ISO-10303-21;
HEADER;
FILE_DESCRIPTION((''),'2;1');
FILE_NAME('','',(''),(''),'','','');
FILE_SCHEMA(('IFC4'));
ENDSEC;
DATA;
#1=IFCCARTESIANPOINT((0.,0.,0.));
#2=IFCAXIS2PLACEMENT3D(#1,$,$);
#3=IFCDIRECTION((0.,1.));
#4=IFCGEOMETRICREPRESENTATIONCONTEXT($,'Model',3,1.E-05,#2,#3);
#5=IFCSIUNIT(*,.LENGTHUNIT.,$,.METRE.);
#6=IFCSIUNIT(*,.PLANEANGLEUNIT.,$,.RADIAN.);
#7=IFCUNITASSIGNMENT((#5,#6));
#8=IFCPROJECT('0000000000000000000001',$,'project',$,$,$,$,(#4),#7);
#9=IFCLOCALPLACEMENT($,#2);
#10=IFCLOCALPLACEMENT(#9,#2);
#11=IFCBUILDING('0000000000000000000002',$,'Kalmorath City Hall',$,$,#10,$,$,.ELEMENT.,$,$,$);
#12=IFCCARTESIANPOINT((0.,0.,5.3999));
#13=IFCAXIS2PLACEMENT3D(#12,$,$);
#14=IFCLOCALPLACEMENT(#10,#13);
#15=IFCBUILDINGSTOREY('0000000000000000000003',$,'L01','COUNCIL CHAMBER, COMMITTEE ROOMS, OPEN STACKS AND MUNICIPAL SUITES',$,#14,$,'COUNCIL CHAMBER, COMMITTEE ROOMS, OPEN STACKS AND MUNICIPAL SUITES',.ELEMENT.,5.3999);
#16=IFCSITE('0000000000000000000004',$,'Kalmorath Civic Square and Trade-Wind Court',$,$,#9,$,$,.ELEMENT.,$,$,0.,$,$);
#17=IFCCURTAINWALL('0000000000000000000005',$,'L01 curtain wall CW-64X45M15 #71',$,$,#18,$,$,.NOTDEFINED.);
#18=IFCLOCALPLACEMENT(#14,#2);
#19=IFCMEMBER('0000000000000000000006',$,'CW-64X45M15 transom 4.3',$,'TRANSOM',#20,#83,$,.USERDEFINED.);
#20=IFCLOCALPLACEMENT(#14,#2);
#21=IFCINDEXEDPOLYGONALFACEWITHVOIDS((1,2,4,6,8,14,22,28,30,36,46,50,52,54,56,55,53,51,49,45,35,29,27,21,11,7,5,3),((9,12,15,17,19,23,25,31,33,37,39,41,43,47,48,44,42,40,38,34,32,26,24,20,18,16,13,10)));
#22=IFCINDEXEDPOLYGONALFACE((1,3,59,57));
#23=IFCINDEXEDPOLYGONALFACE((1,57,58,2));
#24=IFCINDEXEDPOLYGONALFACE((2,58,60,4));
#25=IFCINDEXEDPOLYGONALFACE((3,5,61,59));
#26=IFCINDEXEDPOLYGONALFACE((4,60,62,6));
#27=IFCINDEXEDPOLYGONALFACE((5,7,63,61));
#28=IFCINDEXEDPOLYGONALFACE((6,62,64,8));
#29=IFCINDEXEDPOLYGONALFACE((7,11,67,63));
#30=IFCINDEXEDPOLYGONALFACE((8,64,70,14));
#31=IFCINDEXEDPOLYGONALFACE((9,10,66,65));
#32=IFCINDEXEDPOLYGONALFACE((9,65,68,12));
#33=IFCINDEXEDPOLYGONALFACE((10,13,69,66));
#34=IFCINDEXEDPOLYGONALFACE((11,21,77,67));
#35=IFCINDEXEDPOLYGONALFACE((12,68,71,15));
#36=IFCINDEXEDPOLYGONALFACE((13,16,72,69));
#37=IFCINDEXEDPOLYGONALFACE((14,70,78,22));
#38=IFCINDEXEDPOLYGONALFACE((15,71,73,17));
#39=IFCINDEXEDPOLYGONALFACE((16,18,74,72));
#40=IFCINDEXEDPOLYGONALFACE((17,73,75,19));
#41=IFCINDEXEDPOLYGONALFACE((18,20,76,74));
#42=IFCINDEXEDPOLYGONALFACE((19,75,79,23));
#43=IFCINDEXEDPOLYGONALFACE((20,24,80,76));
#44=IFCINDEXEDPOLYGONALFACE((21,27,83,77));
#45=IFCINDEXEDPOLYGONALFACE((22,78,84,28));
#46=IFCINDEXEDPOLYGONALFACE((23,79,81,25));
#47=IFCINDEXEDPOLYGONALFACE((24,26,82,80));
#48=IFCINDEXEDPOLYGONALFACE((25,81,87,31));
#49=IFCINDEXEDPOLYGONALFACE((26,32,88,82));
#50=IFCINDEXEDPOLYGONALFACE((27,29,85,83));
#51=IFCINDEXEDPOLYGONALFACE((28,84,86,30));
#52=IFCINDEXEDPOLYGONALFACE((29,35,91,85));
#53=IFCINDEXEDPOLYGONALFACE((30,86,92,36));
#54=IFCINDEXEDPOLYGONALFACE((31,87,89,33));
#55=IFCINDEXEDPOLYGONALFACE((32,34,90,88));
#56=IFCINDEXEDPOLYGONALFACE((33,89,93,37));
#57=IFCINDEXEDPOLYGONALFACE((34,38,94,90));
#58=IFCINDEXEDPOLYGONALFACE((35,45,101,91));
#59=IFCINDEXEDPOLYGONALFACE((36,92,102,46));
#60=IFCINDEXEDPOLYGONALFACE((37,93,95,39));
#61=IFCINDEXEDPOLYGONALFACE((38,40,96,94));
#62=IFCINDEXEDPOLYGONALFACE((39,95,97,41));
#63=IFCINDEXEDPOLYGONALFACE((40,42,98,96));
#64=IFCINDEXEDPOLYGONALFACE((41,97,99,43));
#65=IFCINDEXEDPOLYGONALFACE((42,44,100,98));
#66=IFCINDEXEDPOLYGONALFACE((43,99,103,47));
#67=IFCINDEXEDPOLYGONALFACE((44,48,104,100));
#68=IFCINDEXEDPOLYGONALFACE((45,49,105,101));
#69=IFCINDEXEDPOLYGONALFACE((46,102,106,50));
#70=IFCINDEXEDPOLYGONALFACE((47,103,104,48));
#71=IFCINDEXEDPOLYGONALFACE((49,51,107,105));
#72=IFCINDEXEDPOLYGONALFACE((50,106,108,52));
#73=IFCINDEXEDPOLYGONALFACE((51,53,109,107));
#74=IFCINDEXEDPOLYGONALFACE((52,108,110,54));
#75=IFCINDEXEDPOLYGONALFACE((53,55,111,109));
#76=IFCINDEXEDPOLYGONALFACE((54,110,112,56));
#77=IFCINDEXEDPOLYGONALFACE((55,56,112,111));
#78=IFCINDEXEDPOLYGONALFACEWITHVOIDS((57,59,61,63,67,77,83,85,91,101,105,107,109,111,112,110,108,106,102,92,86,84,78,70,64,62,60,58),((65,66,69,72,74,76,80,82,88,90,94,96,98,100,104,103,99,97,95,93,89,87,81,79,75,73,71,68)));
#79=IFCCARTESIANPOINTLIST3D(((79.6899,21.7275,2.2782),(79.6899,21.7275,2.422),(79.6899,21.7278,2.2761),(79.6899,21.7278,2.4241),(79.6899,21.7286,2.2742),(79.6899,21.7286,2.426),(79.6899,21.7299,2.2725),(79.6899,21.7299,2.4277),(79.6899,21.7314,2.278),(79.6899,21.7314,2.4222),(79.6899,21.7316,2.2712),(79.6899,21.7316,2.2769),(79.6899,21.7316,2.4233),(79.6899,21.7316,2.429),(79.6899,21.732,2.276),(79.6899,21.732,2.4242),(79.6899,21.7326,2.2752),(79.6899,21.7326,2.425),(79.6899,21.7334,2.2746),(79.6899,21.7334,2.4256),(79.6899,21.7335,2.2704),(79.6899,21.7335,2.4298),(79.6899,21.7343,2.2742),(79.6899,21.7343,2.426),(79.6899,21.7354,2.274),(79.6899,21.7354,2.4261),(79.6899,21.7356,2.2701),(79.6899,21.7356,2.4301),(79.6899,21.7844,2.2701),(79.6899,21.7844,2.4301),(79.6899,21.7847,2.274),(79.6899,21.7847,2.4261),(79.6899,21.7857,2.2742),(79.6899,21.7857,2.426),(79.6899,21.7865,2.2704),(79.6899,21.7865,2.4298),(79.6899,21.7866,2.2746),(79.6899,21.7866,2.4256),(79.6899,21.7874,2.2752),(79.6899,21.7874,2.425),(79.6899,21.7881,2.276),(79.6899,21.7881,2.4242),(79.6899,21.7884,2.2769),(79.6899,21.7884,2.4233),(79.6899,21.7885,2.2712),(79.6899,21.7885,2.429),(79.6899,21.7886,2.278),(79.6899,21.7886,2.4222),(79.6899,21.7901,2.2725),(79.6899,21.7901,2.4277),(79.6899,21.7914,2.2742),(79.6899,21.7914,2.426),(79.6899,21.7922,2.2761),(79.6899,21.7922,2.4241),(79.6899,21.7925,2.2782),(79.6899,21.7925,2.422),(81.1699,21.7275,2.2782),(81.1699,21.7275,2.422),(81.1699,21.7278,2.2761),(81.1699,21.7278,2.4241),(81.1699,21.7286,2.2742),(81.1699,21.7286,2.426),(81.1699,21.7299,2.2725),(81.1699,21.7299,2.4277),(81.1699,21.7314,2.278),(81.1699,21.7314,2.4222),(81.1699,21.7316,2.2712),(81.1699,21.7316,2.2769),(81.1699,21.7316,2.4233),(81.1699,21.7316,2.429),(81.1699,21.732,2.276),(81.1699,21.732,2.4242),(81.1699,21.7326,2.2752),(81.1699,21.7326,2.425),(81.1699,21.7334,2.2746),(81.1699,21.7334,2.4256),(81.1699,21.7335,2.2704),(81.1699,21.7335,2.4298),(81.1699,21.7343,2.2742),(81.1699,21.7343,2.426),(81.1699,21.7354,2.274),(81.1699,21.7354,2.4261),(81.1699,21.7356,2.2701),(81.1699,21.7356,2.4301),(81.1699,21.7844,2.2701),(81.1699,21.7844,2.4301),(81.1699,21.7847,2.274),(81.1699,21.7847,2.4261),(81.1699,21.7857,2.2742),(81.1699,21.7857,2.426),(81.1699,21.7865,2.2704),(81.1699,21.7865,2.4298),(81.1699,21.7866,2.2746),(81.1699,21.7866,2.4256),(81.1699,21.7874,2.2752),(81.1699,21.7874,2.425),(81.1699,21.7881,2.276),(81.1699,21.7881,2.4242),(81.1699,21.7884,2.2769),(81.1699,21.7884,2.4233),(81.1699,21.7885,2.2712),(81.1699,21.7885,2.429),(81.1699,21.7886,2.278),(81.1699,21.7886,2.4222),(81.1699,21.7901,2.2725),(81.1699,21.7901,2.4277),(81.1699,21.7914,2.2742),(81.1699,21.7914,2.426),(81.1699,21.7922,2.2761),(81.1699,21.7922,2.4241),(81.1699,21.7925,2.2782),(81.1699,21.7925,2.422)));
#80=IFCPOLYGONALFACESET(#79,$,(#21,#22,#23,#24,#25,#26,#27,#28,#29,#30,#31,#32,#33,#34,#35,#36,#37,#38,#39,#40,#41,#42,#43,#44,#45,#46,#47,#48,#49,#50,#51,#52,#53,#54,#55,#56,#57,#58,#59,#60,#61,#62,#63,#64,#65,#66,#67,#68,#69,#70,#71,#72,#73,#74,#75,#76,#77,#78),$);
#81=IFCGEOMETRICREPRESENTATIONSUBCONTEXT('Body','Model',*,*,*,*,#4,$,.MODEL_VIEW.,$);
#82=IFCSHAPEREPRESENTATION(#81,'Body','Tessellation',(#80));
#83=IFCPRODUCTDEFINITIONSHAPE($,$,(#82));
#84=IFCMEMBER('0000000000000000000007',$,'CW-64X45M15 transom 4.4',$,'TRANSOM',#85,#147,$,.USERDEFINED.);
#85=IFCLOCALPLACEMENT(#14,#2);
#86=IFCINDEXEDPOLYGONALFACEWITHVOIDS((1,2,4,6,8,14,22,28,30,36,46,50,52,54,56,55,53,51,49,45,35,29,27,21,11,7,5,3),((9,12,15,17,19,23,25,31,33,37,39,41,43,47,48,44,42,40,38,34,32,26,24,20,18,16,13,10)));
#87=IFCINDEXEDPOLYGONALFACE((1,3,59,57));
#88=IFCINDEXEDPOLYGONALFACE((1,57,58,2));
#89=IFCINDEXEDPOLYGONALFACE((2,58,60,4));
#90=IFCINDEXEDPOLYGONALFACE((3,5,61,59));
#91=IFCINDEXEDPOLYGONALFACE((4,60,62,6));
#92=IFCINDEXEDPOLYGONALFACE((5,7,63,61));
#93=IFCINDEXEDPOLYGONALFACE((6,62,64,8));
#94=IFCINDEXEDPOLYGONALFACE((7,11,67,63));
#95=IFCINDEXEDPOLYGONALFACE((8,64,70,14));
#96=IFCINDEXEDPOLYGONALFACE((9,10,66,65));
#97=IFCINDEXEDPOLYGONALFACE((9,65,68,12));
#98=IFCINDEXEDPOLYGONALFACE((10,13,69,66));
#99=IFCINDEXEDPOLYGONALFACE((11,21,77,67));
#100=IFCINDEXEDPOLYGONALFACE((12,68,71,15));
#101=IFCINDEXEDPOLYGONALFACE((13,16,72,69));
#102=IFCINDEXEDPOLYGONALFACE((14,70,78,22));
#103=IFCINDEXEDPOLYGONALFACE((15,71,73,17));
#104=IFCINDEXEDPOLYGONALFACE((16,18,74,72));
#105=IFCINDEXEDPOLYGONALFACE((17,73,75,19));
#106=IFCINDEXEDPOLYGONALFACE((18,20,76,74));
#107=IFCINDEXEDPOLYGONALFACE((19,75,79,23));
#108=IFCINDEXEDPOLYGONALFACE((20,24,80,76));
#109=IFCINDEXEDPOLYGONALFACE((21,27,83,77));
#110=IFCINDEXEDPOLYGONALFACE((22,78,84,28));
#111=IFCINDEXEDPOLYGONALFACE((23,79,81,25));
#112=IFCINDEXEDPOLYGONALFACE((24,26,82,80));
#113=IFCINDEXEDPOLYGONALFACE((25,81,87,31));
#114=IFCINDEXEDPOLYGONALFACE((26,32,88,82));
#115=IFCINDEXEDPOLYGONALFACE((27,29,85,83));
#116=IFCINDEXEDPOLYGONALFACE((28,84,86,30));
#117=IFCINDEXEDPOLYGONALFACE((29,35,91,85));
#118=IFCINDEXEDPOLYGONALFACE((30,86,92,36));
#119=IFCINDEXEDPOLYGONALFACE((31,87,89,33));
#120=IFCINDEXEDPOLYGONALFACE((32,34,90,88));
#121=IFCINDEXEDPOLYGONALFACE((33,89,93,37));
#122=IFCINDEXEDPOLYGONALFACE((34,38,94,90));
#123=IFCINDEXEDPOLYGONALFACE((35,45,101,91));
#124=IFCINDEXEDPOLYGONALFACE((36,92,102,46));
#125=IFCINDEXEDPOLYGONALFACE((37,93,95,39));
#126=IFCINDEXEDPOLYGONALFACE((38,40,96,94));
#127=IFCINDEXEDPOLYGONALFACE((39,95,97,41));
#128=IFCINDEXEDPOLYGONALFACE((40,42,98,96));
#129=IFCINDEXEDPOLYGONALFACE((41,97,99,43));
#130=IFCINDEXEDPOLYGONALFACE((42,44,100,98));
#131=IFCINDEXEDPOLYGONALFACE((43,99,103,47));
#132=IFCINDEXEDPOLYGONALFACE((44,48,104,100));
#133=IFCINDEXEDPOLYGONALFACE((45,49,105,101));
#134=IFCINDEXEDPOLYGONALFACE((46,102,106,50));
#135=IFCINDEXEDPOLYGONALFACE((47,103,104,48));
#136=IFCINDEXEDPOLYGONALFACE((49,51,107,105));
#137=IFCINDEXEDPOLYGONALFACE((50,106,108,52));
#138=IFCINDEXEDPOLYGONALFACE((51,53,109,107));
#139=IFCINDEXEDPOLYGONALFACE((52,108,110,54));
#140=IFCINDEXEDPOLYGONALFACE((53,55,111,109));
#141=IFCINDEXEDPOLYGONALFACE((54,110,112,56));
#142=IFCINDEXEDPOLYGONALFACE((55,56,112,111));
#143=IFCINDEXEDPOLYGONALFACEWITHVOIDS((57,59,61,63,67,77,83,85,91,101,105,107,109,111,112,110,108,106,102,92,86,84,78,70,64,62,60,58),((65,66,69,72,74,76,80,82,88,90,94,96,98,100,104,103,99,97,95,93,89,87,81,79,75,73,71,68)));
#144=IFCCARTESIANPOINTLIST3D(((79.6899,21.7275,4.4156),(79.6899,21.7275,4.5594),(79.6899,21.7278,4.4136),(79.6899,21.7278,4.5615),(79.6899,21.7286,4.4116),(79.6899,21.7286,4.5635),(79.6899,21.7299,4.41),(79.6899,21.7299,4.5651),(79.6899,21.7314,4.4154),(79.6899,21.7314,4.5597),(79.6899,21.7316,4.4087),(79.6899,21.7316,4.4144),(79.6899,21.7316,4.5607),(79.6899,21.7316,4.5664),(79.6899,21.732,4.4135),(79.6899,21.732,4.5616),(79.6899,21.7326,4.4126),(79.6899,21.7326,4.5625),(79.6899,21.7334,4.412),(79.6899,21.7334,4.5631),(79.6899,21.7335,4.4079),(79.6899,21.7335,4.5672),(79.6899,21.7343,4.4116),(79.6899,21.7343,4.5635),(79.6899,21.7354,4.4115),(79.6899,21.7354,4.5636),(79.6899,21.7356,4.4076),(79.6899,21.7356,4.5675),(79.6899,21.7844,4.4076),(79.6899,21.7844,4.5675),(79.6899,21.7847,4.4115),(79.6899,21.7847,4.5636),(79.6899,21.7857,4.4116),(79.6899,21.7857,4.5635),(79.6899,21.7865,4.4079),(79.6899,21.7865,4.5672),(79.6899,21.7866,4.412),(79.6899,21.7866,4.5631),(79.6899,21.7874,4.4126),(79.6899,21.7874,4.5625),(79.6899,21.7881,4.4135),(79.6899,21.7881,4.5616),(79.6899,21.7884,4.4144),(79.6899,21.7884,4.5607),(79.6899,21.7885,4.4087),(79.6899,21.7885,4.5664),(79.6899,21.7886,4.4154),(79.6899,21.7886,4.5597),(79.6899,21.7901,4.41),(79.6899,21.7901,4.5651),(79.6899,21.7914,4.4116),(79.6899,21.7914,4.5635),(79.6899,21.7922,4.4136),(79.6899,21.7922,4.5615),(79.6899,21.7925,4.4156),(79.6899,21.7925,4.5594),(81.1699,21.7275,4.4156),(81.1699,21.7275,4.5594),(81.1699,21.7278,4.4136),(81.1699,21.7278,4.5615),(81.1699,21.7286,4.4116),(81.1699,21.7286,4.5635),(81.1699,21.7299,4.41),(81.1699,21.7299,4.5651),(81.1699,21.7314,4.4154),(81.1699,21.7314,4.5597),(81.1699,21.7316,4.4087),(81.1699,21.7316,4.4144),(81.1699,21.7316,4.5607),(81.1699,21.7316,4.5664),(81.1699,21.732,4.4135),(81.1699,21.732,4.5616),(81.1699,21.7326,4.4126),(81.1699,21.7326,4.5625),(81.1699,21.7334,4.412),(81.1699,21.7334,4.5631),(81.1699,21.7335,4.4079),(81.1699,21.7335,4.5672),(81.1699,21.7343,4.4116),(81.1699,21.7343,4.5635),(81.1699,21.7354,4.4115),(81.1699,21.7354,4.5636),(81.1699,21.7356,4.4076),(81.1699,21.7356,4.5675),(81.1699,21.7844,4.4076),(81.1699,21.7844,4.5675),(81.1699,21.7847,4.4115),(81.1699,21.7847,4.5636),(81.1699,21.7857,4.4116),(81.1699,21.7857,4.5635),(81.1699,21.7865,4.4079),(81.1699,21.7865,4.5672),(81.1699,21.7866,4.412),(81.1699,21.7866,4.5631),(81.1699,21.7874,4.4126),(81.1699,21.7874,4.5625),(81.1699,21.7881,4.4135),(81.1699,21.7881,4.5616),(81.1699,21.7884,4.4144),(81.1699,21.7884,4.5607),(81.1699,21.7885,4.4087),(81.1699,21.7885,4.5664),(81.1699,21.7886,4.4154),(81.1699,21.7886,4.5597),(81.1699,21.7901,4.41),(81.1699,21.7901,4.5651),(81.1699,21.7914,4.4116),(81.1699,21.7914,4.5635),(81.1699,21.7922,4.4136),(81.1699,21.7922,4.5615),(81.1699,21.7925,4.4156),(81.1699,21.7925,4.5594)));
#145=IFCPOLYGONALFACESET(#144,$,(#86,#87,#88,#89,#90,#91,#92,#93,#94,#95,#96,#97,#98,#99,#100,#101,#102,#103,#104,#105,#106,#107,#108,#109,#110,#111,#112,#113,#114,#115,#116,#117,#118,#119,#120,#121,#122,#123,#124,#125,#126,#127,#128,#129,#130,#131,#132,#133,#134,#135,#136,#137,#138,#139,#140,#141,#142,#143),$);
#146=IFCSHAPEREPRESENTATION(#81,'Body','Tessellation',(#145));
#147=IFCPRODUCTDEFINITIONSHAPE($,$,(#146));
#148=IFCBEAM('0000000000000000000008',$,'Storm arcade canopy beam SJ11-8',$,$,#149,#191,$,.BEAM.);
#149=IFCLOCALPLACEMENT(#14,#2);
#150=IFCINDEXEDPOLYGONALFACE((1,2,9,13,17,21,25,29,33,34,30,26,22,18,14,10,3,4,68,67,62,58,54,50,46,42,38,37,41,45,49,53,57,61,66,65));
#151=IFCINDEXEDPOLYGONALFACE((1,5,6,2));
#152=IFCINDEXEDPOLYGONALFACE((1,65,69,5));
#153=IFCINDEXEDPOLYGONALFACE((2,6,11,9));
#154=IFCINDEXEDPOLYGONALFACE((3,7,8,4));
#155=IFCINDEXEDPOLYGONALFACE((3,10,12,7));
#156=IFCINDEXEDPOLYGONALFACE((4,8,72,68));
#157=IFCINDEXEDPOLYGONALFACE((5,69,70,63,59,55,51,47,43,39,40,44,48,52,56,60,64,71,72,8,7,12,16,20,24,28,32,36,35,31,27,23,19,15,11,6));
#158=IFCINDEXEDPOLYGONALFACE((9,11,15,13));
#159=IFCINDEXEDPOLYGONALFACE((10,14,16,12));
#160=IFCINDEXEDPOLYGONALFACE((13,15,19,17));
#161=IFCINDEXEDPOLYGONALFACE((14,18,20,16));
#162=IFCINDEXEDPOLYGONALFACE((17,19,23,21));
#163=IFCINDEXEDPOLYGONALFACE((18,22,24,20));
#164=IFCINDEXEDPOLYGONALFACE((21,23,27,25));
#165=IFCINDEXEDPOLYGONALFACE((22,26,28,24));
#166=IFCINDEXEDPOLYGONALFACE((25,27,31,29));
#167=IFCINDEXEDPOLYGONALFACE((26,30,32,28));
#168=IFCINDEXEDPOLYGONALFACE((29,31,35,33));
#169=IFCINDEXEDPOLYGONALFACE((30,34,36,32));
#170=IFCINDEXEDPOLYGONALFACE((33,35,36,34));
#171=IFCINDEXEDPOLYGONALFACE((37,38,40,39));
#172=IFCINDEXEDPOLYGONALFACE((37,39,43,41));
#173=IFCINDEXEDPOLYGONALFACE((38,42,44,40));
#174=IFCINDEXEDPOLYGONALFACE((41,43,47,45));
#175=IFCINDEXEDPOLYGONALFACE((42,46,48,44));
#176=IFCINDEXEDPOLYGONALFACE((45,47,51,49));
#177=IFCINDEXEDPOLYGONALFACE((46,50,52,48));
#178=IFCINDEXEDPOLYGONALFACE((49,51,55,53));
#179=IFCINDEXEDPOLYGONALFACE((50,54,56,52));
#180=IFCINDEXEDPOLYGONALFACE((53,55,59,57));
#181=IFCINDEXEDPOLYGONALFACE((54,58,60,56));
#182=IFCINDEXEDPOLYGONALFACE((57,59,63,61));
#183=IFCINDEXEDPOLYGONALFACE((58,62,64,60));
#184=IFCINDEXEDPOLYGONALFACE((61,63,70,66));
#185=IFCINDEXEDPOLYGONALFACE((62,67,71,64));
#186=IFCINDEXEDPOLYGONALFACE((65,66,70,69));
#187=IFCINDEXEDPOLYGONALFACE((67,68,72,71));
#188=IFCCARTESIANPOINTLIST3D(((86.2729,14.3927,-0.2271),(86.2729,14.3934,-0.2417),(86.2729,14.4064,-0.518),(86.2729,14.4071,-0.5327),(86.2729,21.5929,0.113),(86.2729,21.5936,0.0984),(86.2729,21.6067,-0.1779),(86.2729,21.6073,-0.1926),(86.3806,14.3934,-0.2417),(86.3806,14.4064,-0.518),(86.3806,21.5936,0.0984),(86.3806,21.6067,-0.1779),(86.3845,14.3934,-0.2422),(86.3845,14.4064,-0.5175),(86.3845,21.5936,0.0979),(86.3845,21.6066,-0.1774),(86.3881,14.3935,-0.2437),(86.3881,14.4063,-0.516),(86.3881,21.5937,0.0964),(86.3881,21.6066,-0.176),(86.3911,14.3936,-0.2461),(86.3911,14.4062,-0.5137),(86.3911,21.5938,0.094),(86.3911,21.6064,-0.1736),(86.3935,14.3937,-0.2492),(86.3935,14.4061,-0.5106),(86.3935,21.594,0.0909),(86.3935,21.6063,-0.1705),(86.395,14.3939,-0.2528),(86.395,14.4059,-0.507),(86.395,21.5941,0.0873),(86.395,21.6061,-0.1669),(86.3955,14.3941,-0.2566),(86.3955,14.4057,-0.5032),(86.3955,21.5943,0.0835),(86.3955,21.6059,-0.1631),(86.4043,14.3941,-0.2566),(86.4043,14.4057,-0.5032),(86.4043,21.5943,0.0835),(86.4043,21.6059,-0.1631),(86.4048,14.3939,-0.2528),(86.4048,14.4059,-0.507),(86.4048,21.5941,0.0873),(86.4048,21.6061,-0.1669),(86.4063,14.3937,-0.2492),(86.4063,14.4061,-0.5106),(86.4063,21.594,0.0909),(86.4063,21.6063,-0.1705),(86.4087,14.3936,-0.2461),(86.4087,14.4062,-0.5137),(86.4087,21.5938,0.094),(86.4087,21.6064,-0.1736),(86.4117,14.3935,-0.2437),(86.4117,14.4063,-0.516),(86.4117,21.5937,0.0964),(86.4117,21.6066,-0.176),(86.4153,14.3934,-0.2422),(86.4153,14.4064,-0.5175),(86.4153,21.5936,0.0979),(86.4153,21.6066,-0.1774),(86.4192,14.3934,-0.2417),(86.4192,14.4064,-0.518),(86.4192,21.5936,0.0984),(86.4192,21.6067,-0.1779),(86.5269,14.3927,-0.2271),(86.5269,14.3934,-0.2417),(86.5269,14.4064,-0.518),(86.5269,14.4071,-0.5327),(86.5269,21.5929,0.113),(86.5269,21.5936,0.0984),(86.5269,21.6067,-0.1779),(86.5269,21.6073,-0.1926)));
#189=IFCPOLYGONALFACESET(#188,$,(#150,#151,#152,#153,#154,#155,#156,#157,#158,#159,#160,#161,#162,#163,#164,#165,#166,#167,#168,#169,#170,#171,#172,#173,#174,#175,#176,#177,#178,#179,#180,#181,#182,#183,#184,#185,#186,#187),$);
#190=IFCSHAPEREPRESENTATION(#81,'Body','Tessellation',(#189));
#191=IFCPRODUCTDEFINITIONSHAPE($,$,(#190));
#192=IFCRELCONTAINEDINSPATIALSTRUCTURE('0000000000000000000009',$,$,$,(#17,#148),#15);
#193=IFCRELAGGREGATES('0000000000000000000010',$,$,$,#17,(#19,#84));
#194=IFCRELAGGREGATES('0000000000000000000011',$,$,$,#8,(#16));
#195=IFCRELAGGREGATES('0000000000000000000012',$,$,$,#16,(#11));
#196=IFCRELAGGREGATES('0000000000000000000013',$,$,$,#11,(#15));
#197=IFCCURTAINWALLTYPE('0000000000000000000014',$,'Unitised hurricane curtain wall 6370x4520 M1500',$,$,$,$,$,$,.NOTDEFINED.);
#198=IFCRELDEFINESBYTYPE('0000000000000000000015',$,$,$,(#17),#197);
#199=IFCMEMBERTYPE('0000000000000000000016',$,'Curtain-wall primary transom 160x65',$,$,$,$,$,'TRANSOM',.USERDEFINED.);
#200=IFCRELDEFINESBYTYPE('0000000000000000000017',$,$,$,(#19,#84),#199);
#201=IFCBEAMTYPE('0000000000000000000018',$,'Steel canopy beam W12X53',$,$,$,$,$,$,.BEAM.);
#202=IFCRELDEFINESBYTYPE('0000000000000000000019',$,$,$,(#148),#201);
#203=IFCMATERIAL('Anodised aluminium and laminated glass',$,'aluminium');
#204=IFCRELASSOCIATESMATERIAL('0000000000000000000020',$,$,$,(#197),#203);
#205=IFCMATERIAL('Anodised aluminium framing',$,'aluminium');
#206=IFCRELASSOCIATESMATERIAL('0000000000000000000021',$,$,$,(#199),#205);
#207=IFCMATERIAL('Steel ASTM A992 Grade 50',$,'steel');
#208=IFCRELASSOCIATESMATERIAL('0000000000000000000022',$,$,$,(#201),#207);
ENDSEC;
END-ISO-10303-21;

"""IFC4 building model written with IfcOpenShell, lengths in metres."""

from ifc_helpers import new_model, si_unit, direction, frame, origin, origin_2d, place, context, subcontext, project, spatial, hollow_rectangle, i_section, extrude, material, material_profile, profile_set, type_object, element, aggregate, save


model = new_model("IFC4")

# Units and contexts
model_context = context("Model", 3, precision=1e-05, world=origin(), true_north=direction((0.0, 1.0)))
body_context = subcontext(model_context, "Body", "Model", "MODEL_VIEW")
ifc_project = project(units=[si_unit("LENGTHUNIT", "METRE"), si_unit("PLANEANGLEUNIT", "RADIAN")], contexts=[model_context])

# Site, building, storey
site_placement = place(None, origin())
site = spatial("IfcSite", under=ifc_project, at=site_placement, Name="Kalmorath Civic Square and Trade-Wind Court", CompositionType="ELEMENT", RefElevation=0.0)
building_placement = place(site_placement, origin())
building = spatial("IfcBuilding", under=site, at=building_placement, Name="Kalmorath City Hall", CompositionType="ELEMENT")
storey_placement = place(building_placement, frame((0.0, 0.0, 5.3999)))
storey = spatial("IfcBuildingStorey", under=building, at=storey_placement, Name="L01", Description="COUNCIL CHAMBER, COMMITTEE ROOMS, OPEN STACKS AND MUNICIPAL SUITES", LongName="COUNCIL CHAMBER, COMMITTEE ROOMS, OPEN STACKS AND MUNICIPAL SUITES", CompositionType="ELEMENT", Elevation=5.3999)

# Curtain wall, members
ifc_material_1 = material(Name="Anodised aluminium and laminated glass", Category="aluminium")
curtain_wall_type = type_object("IfcCurtainWallType", Name="Unitised hurricane curtain wall 6370x4520 M1500", PredefinedType="NOTDEFINED", material=ifc_material_1)
curtain_wall_placement = place(storey_placement, origin())
curtain_wall = element("IfcCurtainWall", 1, at=curtain_wall_placement, inside=storey, type_object=curtain_wall_type, Name="L01 curtain wall CW-64X45M15 #71", PredefinedType="NOTDEFINED")
ifc_material_2 = material(Name="Anodised aluminium framing", Category="aluminium")
ifc_material_profile_1 = material_profile(ifc_material_2, hollow_rectangle(XDim=0.0649, YDim=0.1599, WallThickness=0.0039, InnerFilletRadius=0.0039, OuterFilletRadius=0.0081, at=origin_2d()), Name="ALU-TRN-160X65X4")
ifc_profile_set_1 = profile_set([ifc_material_profile_1], Name="Anodised aluminium framing")
member_type_1 = type_object("IfcMemberType", Name="Curtain-wall primary transom 160x65", ElementType="TRANSOM", PredefinedType="USERDEFINED", material=ifc_profile_set_1)
member_1_placement = place(storey_placement, frame((81.1699, 21.76, 2.3501), z_axis=(-1.0, 0.0, 0.0), x_axis=(0.0, -1.0, 0.0)))
member_1 = element("IfcMember", 2, at=member_1_placement, type_object=member_type_1, Name="CW-64X45M15 transom 4.3", ObjectType="TRANSOM", PredefinedType="USERDEFINED", context=body_context, shape_type="SweptSolid", body=[
    extrude(hollow_rectangle(XDim=0.0649, YDim=0.1599, WallThickness=0.0039, InnerFilletRadius=0.0039, OuterFilletRadius=0.0081, at=origin_2d()), origin(), (0.0, 0.0, 1.0), 1.48),
])
member_2_placement = place(storey_placement, frame((81.1699, 21.76, 4.4875), z_axis=(-1.0, 0.0, 0.0), x_axis=(0.0, -1.0, 0.0)))
member_2 = element("IfcMember", 3, at=member_2_placement, type_object=member_type_1, Name="CW-64X45M15 transom 4.4", ObjectType="TRANSOM", PredefinedType="USERDEFINED", context=body_context, shape_type="SweptSolid", body=[
    extrude(hollow_rectangle(XDim=0.0649, YDim=0.1599, WallThickness=0.0039, InnerFilletRadius=0.0039, OuterFilletRadius=0.0081, at=origin_2d()), origin(), (0.0, 0.0, 1.0), 1.48),
])

# Beam
ifc_material_3 = material(Name="Steel ASTM A992 Grade 50", Category="steel")
ifc_material_profile_2 = material_profile(ifc_material_3, i_section(OverallWidth=0.2539, OverallDepth=0.3059, WebThickness=0.0088, FlangeThickness=0.0146, FilletRadius=0.0149, at=origin_2d()), Name="W12X53")
ifc_profile_set_2 = profile_set([ifc_material_profile_2], Name="Steel ASTM A992 Grade 50")
beam_type_1 = type_object("IfcBeamType", Name="Steel canopy beam W12X53", PredefinedType="BEAM", material=ifc_profile_set_2)
beam_1_placement = place(storey_placement, frame((86.3999, 14.3999, -0.3799), z_axis=(0.0, 0.998886, 0.047181), x_axis=(-1.0, 0.0, 0.0)))
element("IfcBeam", 4, at=beam_1_placement, inside=storey, type_object=beam_type_1, Name="Storm arcade canopy beam SJ11-8", PredefinedType="BEAM", context=body_context, shape_type="SweptSolid", body=[
    extrude(i_section(OverallWidth=0.2539, OverallDepth=0.3059, WebThickness=0.0088, FlangeThickness=0.0146, FilletRadius=0.0149, at=origin_2d()), origin(), (0.0, 0.0, 1.0), 7.2083),
])

aggregate(curtain_wall, [member_1, member_2])

save(model, "model.ifc")
